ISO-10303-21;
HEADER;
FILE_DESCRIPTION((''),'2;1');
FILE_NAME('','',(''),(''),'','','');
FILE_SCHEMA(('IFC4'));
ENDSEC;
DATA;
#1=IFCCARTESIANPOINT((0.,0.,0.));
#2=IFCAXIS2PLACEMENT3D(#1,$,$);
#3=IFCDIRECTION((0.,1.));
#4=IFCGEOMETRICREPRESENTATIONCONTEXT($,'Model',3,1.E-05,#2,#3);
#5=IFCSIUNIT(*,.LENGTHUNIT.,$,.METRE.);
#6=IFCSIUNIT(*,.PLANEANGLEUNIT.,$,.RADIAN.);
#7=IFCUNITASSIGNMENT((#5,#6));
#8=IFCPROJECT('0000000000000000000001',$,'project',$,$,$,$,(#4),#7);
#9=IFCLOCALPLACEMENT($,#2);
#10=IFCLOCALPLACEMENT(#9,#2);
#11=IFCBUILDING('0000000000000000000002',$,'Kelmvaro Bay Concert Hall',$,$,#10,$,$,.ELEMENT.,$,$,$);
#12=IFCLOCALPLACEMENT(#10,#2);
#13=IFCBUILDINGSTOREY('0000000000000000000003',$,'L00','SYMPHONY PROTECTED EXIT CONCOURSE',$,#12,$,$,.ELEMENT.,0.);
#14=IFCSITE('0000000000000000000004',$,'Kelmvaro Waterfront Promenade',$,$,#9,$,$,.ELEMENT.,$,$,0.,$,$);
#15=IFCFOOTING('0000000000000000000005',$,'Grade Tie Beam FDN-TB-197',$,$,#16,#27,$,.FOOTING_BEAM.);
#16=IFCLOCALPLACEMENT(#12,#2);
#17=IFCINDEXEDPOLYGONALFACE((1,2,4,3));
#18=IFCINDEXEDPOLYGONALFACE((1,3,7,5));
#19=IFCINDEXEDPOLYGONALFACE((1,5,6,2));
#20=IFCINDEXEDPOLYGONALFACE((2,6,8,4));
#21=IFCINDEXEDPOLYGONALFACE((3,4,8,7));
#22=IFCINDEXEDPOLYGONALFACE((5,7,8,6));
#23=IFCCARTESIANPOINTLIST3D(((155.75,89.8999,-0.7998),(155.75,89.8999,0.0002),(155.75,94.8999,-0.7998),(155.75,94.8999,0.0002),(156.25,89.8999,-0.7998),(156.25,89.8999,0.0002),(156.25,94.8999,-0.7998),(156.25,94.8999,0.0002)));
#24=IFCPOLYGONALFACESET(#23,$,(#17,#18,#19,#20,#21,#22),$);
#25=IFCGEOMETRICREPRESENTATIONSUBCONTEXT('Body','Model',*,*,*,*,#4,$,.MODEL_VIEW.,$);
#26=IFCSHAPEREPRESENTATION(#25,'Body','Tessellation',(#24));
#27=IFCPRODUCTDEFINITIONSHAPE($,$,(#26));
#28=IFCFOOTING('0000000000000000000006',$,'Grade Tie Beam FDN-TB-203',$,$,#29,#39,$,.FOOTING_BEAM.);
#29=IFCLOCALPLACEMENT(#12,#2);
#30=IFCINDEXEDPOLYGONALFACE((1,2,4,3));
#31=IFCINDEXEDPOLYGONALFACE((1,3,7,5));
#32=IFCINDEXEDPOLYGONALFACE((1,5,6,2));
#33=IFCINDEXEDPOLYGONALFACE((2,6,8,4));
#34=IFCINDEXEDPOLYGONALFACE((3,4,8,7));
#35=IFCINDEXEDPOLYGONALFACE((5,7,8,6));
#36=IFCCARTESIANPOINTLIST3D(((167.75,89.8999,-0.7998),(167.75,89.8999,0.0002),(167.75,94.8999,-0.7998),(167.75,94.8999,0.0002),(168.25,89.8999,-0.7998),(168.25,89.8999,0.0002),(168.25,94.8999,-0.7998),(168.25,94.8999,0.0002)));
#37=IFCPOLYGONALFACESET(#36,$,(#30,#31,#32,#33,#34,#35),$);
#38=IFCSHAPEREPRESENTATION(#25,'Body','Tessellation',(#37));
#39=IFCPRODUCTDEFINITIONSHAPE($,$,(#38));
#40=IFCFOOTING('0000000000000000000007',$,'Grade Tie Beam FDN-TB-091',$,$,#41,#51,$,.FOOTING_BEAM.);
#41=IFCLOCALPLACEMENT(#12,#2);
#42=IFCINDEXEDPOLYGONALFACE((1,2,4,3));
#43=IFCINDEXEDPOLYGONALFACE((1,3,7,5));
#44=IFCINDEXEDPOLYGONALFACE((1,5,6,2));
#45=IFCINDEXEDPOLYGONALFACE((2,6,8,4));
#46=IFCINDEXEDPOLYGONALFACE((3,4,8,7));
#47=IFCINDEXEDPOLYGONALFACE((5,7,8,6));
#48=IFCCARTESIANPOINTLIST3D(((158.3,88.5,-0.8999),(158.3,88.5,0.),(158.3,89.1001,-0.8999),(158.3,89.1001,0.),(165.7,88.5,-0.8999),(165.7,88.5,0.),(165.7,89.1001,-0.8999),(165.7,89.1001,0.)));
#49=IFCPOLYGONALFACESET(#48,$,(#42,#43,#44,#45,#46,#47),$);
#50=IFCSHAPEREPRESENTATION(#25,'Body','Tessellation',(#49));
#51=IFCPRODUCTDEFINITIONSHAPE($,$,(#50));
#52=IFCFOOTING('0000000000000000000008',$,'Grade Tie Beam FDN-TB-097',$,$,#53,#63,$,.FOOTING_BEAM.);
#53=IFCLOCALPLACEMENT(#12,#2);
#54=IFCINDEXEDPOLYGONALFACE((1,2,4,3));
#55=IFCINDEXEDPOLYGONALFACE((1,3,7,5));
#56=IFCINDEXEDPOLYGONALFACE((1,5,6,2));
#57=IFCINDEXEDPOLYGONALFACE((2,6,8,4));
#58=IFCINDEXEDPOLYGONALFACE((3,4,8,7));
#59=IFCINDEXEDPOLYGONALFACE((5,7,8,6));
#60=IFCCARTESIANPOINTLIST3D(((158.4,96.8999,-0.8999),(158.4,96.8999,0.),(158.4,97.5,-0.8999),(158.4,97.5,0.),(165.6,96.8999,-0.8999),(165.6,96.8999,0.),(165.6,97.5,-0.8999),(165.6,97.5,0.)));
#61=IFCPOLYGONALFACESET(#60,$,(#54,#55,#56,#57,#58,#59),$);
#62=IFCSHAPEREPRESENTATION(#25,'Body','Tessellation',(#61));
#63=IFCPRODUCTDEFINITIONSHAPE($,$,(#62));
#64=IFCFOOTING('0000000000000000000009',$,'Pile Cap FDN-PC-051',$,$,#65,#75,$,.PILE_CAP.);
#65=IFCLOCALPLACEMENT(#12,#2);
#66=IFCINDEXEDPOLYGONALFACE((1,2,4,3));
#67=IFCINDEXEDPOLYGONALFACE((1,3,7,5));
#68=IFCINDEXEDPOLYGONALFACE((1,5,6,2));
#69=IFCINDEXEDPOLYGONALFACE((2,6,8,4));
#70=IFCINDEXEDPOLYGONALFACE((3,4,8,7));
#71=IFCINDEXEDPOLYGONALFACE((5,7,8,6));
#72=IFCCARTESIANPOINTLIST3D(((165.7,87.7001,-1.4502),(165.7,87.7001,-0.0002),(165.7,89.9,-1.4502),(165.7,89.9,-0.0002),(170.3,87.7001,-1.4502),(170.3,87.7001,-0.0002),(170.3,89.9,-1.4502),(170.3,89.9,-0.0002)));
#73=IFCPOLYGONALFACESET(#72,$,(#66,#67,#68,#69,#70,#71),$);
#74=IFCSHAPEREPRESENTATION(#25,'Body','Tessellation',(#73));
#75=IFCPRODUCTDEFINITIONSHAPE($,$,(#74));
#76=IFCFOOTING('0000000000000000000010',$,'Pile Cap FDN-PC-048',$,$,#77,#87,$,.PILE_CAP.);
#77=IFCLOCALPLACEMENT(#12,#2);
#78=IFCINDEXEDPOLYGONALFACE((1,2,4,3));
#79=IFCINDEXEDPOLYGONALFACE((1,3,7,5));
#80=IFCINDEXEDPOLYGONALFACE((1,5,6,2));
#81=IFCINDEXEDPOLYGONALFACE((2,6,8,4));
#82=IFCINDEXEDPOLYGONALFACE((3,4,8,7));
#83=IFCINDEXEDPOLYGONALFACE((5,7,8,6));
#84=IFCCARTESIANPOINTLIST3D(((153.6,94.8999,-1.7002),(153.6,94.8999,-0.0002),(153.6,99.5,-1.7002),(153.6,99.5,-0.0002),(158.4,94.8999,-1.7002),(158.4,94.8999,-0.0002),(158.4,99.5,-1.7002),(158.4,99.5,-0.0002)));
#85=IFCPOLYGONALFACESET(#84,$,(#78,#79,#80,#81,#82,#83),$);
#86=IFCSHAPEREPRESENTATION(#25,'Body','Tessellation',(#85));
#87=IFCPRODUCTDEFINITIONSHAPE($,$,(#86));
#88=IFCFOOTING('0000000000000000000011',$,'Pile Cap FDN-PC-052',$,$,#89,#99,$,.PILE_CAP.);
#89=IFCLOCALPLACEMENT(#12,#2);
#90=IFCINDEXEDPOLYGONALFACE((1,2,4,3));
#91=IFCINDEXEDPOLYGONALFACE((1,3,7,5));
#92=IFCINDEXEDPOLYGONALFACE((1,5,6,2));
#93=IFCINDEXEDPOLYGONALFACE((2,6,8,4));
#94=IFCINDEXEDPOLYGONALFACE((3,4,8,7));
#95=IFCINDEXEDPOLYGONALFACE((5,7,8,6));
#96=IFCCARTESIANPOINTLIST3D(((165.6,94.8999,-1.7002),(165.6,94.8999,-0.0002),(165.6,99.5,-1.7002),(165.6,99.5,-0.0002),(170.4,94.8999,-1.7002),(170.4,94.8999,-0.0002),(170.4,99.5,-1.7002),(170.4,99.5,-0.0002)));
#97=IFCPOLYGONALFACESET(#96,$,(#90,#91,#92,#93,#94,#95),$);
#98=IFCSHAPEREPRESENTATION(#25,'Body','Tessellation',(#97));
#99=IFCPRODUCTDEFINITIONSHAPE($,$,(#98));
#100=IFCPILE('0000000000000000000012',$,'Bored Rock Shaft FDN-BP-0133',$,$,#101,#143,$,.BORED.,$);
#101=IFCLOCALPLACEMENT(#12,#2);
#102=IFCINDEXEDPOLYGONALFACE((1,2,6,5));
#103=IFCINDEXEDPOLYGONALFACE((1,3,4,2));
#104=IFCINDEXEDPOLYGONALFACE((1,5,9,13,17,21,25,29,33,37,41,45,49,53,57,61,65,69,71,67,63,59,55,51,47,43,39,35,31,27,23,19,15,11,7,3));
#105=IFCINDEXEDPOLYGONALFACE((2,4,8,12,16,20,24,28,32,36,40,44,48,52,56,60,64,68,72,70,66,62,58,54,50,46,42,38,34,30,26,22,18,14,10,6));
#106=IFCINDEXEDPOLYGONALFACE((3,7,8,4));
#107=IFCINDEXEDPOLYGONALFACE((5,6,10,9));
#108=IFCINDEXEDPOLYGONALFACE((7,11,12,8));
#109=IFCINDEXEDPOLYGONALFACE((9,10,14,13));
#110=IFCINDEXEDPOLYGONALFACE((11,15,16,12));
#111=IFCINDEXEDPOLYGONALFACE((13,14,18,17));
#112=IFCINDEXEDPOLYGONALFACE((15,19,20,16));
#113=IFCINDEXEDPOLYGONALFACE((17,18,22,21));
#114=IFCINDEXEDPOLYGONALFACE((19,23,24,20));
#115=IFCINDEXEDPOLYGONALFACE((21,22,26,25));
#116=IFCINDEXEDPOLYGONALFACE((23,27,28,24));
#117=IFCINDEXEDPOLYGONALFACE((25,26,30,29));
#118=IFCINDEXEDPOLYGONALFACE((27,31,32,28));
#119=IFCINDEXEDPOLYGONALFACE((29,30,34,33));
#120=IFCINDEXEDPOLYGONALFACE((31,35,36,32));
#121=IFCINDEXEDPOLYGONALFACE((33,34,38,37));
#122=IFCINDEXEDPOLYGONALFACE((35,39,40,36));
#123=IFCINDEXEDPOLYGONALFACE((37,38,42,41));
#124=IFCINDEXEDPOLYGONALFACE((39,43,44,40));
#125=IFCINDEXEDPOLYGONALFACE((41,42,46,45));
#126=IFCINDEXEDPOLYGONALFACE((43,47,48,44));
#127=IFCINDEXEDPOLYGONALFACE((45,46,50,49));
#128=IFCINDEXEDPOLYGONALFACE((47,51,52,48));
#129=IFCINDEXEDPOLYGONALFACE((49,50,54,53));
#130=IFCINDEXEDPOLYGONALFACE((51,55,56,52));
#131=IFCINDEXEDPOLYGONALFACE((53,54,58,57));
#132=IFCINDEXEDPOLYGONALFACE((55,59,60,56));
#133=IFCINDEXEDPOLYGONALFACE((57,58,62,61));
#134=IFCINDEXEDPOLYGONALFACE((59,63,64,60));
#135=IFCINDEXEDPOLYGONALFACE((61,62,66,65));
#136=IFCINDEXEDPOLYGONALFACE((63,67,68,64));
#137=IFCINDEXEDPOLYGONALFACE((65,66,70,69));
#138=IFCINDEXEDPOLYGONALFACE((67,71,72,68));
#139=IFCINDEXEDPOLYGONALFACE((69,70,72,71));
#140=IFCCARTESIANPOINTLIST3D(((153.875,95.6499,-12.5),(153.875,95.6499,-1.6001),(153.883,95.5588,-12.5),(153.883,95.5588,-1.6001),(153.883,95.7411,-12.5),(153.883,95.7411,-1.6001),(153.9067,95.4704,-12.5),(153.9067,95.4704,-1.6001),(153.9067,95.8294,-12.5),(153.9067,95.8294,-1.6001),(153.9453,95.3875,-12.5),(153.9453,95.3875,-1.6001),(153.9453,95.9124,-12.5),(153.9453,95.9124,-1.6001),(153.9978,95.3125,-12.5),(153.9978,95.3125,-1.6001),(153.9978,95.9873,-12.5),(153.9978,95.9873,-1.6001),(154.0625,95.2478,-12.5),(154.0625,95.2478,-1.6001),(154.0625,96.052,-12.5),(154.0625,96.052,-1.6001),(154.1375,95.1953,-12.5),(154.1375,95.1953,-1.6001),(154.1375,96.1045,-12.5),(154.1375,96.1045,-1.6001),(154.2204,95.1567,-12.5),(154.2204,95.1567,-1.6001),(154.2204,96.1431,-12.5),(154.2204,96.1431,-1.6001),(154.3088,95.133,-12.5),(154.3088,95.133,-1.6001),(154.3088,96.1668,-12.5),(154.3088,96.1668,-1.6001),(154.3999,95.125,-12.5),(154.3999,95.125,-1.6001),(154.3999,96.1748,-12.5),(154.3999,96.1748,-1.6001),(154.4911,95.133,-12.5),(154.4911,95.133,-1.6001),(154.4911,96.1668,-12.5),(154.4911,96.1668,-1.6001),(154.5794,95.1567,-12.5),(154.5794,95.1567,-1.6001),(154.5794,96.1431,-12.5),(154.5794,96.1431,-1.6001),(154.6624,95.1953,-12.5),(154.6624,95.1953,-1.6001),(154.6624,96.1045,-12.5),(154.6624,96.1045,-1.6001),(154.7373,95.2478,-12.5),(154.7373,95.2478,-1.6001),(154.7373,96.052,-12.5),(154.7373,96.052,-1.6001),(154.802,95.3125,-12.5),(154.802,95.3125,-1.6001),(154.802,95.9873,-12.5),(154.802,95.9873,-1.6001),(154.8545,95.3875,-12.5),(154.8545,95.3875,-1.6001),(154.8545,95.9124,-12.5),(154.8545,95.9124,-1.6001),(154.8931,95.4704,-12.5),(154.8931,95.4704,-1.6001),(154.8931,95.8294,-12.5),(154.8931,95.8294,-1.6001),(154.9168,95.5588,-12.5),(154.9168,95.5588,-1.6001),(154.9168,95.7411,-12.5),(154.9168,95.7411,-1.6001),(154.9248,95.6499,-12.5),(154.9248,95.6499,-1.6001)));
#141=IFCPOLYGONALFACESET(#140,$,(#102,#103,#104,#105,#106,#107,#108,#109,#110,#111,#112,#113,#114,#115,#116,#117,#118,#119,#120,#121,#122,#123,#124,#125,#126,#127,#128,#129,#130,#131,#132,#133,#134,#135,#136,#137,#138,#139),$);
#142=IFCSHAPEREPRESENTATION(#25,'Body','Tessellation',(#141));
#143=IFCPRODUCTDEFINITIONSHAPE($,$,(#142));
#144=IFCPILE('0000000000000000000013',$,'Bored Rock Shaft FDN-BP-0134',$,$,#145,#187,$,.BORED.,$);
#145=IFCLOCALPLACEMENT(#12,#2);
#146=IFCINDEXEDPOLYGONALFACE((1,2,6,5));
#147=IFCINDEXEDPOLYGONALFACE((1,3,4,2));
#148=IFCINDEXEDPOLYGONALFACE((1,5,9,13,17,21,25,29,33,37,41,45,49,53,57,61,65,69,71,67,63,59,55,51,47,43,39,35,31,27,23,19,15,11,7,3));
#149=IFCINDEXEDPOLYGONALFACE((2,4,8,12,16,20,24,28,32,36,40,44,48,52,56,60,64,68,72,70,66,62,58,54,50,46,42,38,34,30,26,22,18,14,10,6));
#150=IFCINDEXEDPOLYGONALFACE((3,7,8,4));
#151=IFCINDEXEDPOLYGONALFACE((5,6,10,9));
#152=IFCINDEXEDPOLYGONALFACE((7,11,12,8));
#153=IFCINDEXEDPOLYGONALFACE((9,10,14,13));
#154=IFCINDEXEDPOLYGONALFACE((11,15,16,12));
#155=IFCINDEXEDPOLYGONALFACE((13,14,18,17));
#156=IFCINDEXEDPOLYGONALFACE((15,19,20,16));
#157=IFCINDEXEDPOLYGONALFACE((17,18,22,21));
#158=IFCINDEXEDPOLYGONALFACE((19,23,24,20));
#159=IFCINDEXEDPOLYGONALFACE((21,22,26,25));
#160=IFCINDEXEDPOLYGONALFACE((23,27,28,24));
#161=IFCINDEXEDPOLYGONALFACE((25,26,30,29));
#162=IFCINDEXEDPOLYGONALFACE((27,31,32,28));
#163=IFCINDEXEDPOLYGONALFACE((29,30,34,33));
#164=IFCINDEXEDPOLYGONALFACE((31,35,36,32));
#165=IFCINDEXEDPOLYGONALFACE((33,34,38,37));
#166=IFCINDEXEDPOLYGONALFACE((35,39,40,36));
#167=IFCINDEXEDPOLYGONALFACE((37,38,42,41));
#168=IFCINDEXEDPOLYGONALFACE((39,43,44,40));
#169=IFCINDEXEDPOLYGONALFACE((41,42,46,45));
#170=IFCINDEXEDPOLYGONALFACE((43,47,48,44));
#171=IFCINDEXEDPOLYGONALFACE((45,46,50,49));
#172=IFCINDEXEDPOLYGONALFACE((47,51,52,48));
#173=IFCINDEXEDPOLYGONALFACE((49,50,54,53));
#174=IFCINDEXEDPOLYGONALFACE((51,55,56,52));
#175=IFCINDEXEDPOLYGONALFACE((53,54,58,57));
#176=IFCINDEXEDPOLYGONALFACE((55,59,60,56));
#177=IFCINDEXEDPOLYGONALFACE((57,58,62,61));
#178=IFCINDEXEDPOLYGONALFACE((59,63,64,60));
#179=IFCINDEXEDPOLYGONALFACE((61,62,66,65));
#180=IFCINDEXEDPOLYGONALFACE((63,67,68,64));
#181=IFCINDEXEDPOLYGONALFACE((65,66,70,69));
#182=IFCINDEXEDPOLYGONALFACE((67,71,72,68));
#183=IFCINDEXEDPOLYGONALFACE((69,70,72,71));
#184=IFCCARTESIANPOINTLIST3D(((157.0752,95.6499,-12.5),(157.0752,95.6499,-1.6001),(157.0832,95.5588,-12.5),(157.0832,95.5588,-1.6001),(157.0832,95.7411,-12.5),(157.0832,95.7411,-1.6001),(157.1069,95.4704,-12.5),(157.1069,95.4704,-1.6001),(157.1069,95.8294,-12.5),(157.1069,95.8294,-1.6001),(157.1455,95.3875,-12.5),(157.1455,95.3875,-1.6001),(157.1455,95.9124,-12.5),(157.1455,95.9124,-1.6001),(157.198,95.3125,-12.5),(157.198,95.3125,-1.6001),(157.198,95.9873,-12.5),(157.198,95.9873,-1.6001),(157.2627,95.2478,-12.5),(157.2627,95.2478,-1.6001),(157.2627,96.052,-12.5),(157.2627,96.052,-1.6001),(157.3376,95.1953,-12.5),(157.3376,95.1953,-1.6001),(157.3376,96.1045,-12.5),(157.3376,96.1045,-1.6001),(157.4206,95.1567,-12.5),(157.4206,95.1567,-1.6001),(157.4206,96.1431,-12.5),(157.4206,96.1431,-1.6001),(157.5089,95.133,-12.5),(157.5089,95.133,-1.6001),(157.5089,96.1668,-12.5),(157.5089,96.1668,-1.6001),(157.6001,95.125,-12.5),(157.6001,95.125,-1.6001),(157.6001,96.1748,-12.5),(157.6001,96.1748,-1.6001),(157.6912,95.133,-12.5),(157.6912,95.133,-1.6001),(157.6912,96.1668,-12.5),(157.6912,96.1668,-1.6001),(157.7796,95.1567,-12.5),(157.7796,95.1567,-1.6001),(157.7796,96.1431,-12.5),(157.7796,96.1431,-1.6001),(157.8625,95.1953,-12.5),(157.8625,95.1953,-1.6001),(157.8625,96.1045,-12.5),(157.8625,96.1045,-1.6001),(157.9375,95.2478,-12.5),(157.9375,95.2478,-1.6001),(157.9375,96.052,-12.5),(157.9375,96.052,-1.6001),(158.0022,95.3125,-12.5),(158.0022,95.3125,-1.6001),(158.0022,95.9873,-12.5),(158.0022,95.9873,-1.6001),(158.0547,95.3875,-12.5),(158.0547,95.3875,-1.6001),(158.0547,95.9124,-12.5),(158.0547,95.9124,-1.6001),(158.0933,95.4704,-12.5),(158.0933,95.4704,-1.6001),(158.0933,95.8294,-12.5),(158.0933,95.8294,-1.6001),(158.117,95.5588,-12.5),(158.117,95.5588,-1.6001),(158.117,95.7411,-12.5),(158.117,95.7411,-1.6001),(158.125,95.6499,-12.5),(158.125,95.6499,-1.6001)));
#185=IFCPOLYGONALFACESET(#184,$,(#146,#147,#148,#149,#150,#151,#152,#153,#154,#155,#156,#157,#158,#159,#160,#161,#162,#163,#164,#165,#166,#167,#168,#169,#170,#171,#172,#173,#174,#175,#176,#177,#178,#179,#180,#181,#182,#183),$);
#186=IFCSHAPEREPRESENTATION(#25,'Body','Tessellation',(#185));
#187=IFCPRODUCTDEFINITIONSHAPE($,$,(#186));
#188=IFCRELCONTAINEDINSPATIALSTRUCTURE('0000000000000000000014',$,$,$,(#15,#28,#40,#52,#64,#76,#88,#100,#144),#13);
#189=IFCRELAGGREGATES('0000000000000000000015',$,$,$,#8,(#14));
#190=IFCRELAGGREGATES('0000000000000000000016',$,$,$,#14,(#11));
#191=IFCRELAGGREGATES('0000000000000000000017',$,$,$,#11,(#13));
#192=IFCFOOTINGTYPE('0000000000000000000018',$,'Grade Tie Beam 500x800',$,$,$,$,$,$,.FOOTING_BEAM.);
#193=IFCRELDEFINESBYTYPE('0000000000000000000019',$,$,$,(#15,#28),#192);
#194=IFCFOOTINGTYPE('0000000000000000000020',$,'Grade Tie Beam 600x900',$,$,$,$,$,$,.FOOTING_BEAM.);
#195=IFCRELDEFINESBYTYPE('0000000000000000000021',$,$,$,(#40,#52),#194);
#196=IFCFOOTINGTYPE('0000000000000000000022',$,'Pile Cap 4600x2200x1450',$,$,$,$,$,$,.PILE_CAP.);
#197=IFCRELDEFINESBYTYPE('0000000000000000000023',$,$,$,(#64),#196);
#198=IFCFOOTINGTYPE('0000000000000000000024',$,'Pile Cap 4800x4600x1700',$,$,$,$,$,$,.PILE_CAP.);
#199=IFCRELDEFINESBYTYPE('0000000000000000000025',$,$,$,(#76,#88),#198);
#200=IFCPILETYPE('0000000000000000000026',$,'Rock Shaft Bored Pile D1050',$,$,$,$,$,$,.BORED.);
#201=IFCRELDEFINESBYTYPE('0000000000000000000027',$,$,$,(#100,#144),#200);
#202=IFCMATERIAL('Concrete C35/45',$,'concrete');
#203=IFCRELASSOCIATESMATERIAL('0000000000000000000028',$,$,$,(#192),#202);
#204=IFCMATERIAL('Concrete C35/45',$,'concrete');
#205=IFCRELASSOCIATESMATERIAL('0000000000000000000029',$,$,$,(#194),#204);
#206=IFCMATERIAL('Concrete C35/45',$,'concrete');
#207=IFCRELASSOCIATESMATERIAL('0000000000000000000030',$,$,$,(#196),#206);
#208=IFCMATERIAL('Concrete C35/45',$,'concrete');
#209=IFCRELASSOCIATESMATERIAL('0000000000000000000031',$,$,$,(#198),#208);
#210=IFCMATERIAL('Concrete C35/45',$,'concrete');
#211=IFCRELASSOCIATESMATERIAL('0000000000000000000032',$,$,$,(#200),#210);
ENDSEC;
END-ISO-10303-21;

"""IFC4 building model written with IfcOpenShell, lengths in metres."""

from ifc_helpers import new_model, si_unit, direction, frame, origin, origin_2d, place, context, subcontext, project, spatial, rectangle, circle, extrude, material, material_profile, profile_set, type_object, element, save


model = new_model("IFC4")

# Units and contexts
model_context = context("Model", 3, precision=1e-05, world=origin(), true_north=direction((0.0, 1.0)))
body_context = subcontext(model_context, "Body", "Model", "MODEL_VIEW")
ifc_project = project(units=[si_unit("LENGTHUNIT", "METRE"), si_unit("PLANEANGLEUNIT", "RADIAN")], contexts=[model_context])

# Site, building, storey
site_placement = place(None, origin())
site = spatial("IfcSite", under=ifc_project, at=site_placement, Name="Kelmvaro Waterfront Promenade", CompositionType="ELEMENT", RefElevation=0.0)
building_placement = place(site_placement, origin())
building = spatial("IfcBuilding", under=site, at=building_placement, Name="Kelmvaro Bay Concert Hall", CompositionType="ELEMENT")
storey_placement = place(building_placement, origin())
storey = spatial("IfcBuildingStorey", under=building, at=storey_placement, Name="L00", Description="SYMPHONY PROTECTED EXIT CONCOURSE", CompositionType="ELEMENT", Elevation=0.0)

# Footings
ifc_material_1 = material(Name="Concrete C35/45", Category="concrete")
footing_type_1 = type_object("IfcFootingType", Name="Grade Tie Beam 500x800", PredefinedType="FOOTING_BEAM", material=ifc_material_1)
for number, where, z_axis, x_axis, name in (
    (1, (156.0, 92.3999, -0.7998), (0.0, 0.0, 1.0), (0.0, 1.0, 0.0), "Grade Tie Beam FDN-TB-197"),
    (2, (168.0, 92.3999, -0.7998), (0.0, 0.0, 1.0), (0.0, 1.0, 0.0), "Grade Tie Beam FDN-TB-203"),
):
    element("IfcFooting", number, at=place(storey_placement, frame(where, z_axis=z_axis, x_axis=x_axis)), inside=storey, type_object=footing_type_1, Name=name, PredefinedType="FOOTING_BEAM", context=body_context, shape_type="SweptSolid", body=[
        extrude(rectangle(XDim=5.0, YDim=0.5, at=origin_2d()), origin(), (0.0, 0.0, 1.0), 0.8),
    ])
ifc_material_2 = material(Name="Concrete C35/45", Category="concrete")
footing_type_2 = type_object("IfcFootingType", Name="Grade Tie Beam 600x900", PredefinedType="FOOTING_BEAM", material=ifc_material_2)
footing_1_placement = place(storey_placement, frame((162.0, 88.8, -0.8999), z_axis=(0.0, 0.0, 1.0), x_axis=(1.0, 0.0, 0.0)))
element("IfcFooting", 3, at=footing_1_placement, inside=storey, type_object=footing_type_2, Name="Grade Tie Beam FDN-TB-091", PredefinedType="FOOTING_BEAM", context=body_context, shape_type="SweptSolid", body=[
    extrude(rectangle(XDim=7.3999, YDim=0.6001, at=origin_2d()), origin(), (0.0, 0.0, 1.0), 0.8999),
])
footing_2_placement = place(storey_placement, frame((162.0, 97.2, -0.8999), z_axis=(0.0, 0.0, 1.0), x_axis=(1.0, 0.0, 0.0)))
element("IfcFooting", 4, at=footing_2_placement, inside=storey, type_object=footing_type_2, Name="Grade Tie Beam FDN-TB-097", PredefinedType="FOOTING_BEAM", context=body_context, shape_type="SweptSolid", body=[
    extrude(rectangle(XDim=7.2, YDim=0.6001, at=origin_2d()), origin(), (0.0, 0.0, 1.0), 0.8999),
])
ifc_material_3 = material(Name="Concrete C35/45", Category="concrete")
footing_type_3 = type_object("IfcFootingType", Name="Pile Cap 4600x2200x1450", PredefinedType="PILE_CAP", material=ifc_material_3)
footing_3_placement = place(storey_placement, frame((168.0, 88.8, -1.4502), z_axis=(0.0, 0.0, 1.0), x_axis=(1.0, 0.0, 0.0)))
element("IfcFooting", 5, at=footing_3_placement, inside=storey, type_object=footing_type_3, Name="Pile Cap FDN-PC-051", PredefinedType="PILE_CAP", context=body_context, shape_type="SweptSolid", body=[
    extrude(rectangle(XDim=4.6001, YDim=2.2, at=origin_2d()), origin(), (0.0, 0.0, 1.0), 1.45),
])
ifc_material_4 = material(Name="Concrete C35/45", Category="concrete")
footing_type_4 = type_object("IfcFootingType", Name="Pile Cap 4800x4600x1700", PredefinedType="PILE_CAP", material=ifc_material_4)
for number, where, z_axis, x_axis, name in (
    (6, (156.0, 97.2, -1.7002), (0.0, 0.0, 1.0), (1.0, 0.0, 0.0), "Pile Cap FDN-PC-048"),
    (7, (168.0, 97.2, -1.7002), (0.0, 0.0, 1.0), (1.0, 0.0, 0.0), "Pile Cap FDN-PC-052"),
):
    element("IfcFooting", number, at=place(storey_placement, frame(where, z_axis=z_axis, x_axis=x_axis)), inside=storey, type_object=footing_type_4, Name=name, PredefinedType="PILE_CAP", context=body_context, shape_type="SweptSolid", body=[
        extrude(rectangle(XDim=4.8, YDim=4.6001, at=origin_2d()), origin(), (0.0, 0.0, 1.0), 1.7),
    ])

# Piles
ifc_material_5 = material(Name="Concrete C35/45", Category="concrete")
ifc_material_profile_1 = material_profile(ifc_material_5, circle(Radius=0.5249, at=origin_2d()), Name="PILE-BORED-1050")
ifc_profile_set_1 = profile_set([ifc_material_profile_1], Name="Concrete C35/45")
pile_type = type_object("IfcPileType", Name="Rock Shaft Bored Pile D1050", PredefinedType="BORED", material=ifc_profile_set_1)
for number, where, z_axis, x_axis, name in (
    (8, (154.3999, 95.6499, -1.6001), (0.0, 0.0, -1.0), (1.0, 0.0, 0.0), "Bored Rock Shaft FDN-BP-0133"),
    (9, (157.6001, 95.6499, -1.6001), (0.0, 0.0, -1.0), (1.0, 0.0, 0.0), "Bored Rock Shaft FDN-BP-0134"),
):
    element("IfcPile", number, at=place(storey_placement, frame(where, z_axis=z_axis, x_axis=x_axis)), inside=storey, type_object=pile_type, Name=name, PredefinedType="BORED", context=body_context, shape_type="SweptSolid", body=[
        extrude(circle(Radius=0.5249, at=origin_2d()), origin(), (0.0, 0.0, 1.0), 10.8999),
    ])

save(model, "model.ifc")
